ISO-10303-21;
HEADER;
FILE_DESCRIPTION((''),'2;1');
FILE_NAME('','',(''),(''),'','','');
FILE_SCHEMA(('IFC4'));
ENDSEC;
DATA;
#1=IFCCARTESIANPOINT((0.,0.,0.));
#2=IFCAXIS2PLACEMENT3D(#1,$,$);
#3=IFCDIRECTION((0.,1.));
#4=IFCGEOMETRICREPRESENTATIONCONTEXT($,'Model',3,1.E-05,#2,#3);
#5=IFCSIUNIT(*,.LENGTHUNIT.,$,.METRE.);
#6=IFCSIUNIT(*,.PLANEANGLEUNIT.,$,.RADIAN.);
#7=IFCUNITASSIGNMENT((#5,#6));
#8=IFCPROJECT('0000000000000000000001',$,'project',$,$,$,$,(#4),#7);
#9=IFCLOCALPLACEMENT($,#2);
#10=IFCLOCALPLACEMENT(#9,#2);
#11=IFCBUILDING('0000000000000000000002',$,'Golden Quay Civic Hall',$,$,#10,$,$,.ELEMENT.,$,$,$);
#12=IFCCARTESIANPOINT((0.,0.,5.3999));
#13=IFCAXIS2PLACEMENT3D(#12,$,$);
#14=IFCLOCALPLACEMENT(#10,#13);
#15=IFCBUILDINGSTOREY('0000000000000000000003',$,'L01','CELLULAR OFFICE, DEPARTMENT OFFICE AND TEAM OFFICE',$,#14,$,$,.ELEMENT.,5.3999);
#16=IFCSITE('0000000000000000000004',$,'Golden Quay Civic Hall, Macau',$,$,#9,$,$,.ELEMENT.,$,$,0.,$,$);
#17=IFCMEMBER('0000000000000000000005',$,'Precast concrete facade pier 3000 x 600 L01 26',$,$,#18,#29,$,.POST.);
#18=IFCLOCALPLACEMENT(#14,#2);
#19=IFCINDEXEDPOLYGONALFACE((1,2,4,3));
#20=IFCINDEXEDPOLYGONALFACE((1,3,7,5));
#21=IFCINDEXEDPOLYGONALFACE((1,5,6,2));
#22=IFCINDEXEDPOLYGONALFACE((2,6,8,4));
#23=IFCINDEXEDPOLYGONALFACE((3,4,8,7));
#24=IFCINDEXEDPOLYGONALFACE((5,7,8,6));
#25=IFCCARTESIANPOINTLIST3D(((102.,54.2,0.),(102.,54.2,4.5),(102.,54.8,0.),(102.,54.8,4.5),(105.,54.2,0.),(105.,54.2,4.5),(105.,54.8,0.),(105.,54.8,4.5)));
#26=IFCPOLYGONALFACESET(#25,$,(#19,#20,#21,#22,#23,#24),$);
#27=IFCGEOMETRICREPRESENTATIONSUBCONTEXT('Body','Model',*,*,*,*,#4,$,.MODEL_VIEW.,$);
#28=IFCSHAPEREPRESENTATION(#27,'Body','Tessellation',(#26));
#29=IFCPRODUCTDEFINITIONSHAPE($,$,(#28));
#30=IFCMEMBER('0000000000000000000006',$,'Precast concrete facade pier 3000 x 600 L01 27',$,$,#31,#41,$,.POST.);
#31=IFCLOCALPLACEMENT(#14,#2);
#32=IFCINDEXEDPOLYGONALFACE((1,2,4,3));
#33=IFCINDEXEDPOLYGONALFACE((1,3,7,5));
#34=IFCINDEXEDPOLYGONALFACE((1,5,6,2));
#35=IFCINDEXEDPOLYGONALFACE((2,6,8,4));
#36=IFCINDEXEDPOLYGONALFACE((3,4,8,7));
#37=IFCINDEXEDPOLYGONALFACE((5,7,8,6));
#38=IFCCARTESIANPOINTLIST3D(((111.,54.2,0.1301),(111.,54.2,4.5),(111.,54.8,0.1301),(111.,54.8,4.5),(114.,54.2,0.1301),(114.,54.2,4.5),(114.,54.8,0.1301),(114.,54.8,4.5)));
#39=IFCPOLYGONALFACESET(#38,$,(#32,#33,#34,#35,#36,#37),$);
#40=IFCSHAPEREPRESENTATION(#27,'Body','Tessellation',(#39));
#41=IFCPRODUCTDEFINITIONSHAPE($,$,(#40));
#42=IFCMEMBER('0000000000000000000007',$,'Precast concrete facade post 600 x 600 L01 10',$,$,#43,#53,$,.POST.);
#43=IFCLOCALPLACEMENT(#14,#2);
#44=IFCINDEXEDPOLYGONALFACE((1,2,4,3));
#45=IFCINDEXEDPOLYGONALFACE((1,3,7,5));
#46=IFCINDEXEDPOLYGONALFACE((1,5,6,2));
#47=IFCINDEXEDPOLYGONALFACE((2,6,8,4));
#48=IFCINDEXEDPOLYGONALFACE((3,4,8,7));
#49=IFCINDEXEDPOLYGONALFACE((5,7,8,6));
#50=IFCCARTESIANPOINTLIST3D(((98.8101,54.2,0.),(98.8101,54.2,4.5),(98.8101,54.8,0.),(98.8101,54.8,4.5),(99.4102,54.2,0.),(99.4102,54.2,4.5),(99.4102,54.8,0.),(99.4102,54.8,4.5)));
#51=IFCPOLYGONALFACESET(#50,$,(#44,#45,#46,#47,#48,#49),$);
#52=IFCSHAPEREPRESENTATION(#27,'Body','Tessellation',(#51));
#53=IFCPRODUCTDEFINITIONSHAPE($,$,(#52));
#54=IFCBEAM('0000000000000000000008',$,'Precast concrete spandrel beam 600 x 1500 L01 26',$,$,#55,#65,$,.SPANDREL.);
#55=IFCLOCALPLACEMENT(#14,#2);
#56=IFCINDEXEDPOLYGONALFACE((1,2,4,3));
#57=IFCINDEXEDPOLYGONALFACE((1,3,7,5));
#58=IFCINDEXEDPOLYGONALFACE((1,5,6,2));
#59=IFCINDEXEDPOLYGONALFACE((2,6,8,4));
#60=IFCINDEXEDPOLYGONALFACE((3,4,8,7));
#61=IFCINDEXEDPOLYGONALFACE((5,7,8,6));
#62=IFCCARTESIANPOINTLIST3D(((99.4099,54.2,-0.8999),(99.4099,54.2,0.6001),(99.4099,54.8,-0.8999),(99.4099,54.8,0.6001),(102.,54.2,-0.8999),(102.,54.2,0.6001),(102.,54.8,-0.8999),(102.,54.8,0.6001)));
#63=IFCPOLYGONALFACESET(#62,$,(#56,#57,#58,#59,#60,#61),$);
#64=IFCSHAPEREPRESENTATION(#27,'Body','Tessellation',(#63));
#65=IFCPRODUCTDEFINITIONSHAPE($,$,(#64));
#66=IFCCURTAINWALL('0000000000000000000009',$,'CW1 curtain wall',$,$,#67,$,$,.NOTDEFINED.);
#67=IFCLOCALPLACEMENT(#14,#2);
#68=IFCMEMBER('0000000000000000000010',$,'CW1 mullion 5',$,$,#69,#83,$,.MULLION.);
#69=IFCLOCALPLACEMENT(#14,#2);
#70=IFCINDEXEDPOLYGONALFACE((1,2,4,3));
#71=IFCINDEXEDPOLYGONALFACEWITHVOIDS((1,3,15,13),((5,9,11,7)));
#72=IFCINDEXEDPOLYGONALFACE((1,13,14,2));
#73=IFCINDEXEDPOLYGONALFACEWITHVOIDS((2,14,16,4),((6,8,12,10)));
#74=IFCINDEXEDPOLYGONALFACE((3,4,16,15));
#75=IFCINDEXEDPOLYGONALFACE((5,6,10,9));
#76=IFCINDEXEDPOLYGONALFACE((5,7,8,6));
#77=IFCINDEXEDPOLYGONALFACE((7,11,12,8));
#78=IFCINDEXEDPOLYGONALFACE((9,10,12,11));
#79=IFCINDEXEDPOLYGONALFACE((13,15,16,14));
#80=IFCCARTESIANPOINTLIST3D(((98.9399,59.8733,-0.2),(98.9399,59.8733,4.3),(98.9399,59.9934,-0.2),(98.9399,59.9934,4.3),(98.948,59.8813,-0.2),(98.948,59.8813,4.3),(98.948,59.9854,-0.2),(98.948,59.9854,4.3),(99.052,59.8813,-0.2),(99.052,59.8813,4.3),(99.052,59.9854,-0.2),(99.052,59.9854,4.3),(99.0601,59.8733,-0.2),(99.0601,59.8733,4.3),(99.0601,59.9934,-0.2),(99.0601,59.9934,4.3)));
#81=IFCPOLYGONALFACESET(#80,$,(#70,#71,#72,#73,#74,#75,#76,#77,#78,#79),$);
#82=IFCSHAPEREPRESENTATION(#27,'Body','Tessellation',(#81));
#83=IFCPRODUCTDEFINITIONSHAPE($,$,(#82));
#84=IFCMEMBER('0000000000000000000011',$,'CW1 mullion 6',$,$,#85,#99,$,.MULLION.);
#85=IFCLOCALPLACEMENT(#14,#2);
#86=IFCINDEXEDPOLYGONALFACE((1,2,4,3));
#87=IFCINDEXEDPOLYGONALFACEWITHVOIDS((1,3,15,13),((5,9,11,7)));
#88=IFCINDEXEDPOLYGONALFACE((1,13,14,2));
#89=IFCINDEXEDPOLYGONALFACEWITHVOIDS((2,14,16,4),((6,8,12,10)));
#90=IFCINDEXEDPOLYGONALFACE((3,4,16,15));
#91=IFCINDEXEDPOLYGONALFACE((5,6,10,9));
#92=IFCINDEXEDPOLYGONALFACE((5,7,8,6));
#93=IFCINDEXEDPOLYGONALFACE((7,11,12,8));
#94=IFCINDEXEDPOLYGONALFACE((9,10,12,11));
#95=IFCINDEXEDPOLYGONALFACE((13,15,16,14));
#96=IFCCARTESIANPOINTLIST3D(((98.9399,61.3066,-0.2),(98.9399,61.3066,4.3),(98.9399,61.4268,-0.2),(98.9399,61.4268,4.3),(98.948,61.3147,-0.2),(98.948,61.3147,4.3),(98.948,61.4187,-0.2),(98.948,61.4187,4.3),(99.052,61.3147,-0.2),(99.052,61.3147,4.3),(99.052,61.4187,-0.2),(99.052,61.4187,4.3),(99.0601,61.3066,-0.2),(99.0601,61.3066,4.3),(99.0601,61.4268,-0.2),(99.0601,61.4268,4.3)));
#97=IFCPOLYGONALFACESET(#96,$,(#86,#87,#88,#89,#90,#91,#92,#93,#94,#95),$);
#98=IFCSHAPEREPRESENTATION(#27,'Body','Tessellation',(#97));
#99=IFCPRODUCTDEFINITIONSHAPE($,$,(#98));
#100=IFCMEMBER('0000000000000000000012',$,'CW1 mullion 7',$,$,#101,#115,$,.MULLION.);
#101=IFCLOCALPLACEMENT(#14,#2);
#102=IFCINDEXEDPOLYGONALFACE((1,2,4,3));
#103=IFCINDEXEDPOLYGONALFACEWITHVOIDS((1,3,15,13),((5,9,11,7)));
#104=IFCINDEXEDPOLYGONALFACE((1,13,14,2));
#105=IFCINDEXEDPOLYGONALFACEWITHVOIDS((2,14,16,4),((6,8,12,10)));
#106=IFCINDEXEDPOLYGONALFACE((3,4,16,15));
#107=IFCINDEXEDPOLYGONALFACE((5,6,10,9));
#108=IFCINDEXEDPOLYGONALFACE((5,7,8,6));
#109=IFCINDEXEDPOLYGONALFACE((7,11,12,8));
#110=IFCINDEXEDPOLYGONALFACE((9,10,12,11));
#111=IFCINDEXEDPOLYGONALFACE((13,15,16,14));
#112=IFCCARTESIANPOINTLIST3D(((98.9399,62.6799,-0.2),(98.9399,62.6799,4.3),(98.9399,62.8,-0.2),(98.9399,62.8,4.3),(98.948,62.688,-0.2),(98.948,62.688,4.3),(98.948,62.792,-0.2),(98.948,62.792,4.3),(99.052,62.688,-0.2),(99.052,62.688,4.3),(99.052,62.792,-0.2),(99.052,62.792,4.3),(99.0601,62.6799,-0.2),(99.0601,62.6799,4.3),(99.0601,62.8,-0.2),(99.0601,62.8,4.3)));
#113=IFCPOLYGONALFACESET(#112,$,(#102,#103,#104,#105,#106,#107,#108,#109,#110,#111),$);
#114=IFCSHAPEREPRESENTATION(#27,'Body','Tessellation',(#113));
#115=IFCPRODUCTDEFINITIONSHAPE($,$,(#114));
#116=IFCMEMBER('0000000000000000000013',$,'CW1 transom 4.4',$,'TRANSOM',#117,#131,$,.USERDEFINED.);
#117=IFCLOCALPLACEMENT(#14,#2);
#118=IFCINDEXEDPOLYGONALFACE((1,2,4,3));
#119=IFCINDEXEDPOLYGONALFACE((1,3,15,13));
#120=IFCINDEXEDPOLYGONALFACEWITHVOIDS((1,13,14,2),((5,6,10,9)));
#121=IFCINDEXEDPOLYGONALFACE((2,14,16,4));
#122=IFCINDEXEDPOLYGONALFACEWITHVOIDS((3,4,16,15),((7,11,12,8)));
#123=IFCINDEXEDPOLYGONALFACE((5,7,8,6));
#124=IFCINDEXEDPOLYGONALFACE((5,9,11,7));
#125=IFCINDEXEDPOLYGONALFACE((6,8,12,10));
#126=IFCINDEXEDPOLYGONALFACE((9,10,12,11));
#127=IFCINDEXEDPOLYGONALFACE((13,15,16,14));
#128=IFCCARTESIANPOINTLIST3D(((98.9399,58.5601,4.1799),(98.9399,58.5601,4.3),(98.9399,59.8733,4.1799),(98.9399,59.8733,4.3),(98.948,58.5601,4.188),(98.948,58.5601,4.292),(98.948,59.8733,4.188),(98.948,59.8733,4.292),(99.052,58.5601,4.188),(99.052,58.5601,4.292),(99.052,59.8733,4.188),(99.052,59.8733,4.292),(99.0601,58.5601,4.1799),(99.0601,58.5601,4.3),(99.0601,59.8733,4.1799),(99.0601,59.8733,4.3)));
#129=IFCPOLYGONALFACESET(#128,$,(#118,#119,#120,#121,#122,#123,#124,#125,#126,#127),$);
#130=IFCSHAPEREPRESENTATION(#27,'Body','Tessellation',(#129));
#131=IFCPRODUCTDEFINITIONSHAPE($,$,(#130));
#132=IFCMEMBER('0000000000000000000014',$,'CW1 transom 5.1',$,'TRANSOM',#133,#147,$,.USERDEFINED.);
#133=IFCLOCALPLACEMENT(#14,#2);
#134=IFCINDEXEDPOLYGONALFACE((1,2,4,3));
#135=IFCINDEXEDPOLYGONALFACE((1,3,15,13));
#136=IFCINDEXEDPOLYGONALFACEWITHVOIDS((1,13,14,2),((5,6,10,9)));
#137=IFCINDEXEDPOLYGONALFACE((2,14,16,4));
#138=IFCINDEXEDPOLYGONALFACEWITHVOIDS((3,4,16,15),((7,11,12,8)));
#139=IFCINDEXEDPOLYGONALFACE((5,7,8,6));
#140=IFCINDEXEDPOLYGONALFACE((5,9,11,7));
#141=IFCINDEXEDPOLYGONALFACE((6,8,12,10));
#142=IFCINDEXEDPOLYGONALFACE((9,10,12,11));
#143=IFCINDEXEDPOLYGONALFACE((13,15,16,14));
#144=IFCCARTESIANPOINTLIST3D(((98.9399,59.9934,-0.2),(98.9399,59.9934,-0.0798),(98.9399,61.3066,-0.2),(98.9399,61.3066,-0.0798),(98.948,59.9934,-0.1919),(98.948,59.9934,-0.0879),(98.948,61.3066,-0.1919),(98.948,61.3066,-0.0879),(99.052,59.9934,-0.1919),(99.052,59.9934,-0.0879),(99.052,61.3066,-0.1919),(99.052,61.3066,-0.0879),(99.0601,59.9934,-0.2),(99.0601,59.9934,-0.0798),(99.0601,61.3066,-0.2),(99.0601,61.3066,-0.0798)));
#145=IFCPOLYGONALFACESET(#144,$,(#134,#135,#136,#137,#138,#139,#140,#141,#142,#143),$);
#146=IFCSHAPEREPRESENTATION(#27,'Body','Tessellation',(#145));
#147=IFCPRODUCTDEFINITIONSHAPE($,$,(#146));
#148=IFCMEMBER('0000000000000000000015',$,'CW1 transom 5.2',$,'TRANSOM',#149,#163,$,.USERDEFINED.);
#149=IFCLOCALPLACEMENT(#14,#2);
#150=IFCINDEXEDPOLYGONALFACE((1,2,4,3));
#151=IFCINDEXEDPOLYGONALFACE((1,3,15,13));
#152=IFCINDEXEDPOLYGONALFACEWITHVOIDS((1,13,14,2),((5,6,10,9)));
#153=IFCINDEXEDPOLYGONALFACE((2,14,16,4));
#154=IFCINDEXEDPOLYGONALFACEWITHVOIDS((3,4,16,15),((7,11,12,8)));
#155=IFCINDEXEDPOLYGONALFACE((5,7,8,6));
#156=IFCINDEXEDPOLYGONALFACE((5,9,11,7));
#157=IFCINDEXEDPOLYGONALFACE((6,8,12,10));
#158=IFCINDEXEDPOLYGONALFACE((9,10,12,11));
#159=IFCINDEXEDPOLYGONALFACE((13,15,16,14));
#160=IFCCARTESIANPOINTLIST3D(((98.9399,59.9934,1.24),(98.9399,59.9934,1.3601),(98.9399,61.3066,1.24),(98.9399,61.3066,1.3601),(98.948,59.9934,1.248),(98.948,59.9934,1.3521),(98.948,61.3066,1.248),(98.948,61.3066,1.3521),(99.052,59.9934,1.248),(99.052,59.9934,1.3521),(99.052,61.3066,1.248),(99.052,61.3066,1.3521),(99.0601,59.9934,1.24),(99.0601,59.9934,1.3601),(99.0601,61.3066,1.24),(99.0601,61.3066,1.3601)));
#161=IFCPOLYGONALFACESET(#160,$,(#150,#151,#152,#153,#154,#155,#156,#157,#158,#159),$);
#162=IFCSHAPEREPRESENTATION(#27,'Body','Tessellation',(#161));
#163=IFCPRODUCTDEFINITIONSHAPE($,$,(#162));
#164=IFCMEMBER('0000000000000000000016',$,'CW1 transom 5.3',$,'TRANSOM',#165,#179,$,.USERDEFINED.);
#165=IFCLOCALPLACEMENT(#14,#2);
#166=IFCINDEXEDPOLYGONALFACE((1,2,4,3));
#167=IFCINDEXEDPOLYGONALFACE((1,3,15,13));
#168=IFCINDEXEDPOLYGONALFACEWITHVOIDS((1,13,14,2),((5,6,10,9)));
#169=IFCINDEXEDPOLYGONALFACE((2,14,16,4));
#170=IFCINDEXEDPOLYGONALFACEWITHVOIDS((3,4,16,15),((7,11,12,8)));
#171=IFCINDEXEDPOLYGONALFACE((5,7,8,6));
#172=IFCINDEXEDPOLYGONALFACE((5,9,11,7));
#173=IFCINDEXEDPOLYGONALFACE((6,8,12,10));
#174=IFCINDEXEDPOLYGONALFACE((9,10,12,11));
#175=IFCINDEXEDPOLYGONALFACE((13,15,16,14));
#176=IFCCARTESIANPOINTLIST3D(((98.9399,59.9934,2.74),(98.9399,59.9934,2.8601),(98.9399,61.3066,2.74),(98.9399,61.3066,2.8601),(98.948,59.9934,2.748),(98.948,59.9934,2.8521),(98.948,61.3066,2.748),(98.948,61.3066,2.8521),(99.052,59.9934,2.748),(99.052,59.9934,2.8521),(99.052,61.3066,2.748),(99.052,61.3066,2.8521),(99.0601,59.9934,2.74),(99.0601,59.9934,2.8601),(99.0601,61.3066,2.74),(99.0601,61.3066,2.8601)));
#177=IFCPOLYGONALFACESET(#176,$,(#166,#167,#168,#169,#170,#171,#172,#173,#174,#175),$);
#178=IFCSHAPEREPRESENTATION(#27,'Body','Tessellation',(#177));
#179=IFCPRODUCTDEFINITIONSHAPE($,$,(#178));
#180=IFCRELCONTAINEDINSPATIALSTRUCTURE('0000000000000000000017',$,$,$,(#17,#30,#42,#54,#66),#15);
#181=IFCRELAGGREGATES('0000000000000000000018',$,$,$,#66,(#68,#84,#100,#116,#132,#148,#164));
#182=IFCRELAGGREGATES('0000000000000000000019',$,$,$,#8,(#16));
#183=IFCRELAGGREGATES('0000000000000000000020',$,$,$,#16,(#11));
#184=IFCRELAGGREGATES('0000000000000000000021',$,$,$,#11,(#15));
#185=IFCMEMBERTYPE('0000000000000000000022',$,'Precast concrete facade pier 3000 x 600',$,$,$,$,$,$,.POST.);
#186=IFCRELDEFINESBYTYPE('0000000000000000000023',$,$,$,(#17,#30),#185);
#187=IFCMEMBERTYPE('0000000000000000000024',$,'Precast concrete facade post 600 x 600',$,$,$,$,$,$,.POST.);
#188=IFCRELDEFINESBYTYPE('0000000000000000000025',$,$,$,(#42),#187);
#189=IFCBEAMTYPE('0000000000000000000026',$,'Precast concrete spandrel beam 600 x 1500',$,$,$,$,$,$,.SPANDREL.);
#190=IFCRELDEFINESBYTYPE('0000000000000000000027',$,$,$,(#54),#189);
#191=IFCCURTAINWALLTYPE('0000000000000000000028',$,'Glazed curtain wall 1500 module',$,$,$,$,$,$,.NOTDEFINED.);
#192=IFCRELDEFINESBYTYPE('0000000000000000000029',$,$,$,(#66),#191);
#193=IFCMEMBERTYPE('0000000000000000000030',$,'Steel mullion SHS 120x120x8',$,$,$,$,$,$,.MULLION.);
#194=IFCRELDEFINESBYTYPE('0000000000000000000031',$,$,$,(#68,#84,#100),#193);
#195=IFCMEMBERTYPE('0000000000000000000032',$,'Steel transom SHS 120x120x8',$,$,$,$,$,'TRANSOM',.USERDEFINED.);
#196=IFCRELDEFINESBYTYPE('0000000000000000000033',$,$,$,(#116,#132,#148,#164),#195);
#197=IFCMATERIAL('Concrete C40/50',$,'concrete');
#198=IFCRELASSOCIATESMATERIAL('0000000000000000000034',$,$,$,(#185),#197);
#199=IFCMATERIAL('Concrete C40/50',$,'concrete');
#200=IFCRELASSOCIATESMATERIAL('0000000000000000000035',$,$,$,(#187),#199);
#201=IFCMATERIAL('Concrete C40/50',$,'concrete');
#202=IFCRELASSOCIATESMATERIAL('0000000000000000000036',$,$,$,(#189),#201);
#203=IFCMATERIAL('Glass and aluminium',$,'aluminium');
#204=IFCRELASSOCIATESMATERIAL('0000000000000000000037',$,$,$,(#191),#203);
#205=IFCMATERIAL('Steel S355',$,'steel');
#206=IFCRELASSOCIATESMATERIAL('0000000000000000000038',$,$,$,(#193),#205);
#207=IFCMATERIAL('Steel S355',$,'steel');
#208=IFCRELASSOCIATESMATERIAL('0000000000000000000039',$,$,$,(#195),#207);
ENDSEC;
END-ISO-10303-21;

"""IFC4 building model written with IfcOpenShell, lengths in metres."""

from ifc_helpers import new_model, si_unit, direction, frame, origin, origin_2d, place, context, subcontext, project, spatial, rectangle, hollow_rectangle, extrude, material, material_profile, profile_set, type_object, element, aggregate, save


model = new_model("IFC4")

# Units and contexts
model_context = context("Model", 3, precision=1e-05, world=origin(), true_north=direction((0.0, 1.0)))
body_context = subcontext(model_context, "Body", "Model", "MODEL_VIEW")
ifc_project = project(units=[si_unit("LENGTHUNIT", "METRE"), si_unit("PLANEANGLEUNIT", "RADIAN")], contexts=[model_context])

# Site, building, storey
site_placement = place(None, origin())
site = spatial("IfcSite", under=ifc_project, at=site_placement, Name="Golden Quay Civic Hall, Macau", CompositionType="ELEMENT", RefElevation=0.0)
building_placement = place(site_placement, origin())
building = spatial("IfcBuilding", under=site, at=building_placement, Name="Golden Quay Civic Hall", CompositionType="ELEMENT")
storey_placement = place(building_placement, frame((0.0, 0.0, 5.3999)))
storey = spatial("IfcBuildingStorey", under=building, at=storey_placement, Name="L01", Description="CELLULAR OFFICE, DEPARTMENT OFFICE AND TEAM OFFICE", CompositionType="ELEMENT", Elevation=5.3999)

# Members
ifc_material_1 = material(Name="Concrete C40/50", Category="concrete")
ifc_material_profile_1 = material_profile(ifc_material_1, rectangle(XDim=3.0, YDim=0.6001, at=origin_2d()), Name="RC 3000x600")
ifc_profile_set_1 = profile_set([ifc_material_profile_1], Name="Concrete C40/50")
member_type_1 = type_object("IfcMemberType", Name="Precast concrete facade pier 3000 x 600", PredefinedType="POST", material=ifc_profile_set_1)
member_1_placement = place(storey_placement, frame((103.5, 54.5, 0.0), z_axis=(0.0, 0.0, 1.0), x_axis=(1.0, 0.0, 0.0)))
element("IfcMember", 1, at=member_1_placement, inside=storey, type_object=member_type_1, Name="Precast concrete facade pier 3000 x 600 L01 26", PredefinedType="POST", context=body_context, shape_type="SweptSolid", body=[
    extrude(rectangle(XDim=3.0, YDim=0.6001, at=origin_2d()), origin(), (0.0, 0.0, 1.0), 4.5),
])
member_2_placement = place(storey_placement, frame((112.5, 54.5, 0.1301), z_axis=(0.0, 0.0, 1.0), x_axis=(1.0, 0.0, 0.0)))
element("IfcMember", 2, at=member_2_placement, inside=storey, type_object=member_type_1, Name="Precast concrete facade pier 3000 x 600 L01 27", PredefinedType="POST", context=body_context, shape_type="SweptSolid", body=[
    extrude(rectangle(XDim=3.0, YDim=0.6001, at=origin_2d()), origin(), (0.0, 0.0, 1.0), 4.3699),
])
ifc_material_2 = material(Name="Concrete C40/50", Category="concrete")
ifc_material_profile_2 = material_profile(ifc_material_2, rectangle(XDim=0.6001, YDim=0.6001, at=origin_2d()), Name="RC 600x600")
ifc_profile_set_2 = profile_set([ifc_material_profile_2], Name="Concrete C40/50")
member_type_2 = type_object("IfcMemberType", Name="Precast concrete facade post 600 x 600", PredefinedType="POST", material=ifc_profile_set_2)
member_3_placement = place(storey_placement, frame((99.1101, 54.5, 0.0), z_axis=(0.0, 0.0, 1.0), x_axis=(1.0, 0.0, 0.0)))
element("IfcMember", 3, at=member_3_placement, inside=storey, type_object=member_type_2, Name="Precast concrete facade post 600 x 600 L01 10", PredefinedType="POST", context=body_context, shape_type="SweptSolid", body=[
    extrude(rectangle(XDim=0.6001, YDim=0.6001, at=origin_2d()), origin(), (0.0, 0.0, 1.0), 4.5),
])

# Beam
ifc_material_3 = material(Name="Concrete C40/50", Category="concrete")
ifc_material_profile_3 = material_profile(ifc_material_3, rectangle(XDim=0.6001, YDim=1.5, at=origin_2d()), Name="RC 600x1500")
ifc_profile_set_3 = profile_set([ifc_material_profile_3], Name="Concrete C40/50")
beam_type = type_object("IfcBeamType", Name="Precast concrete spandrel beam 600 x 1500", PredefinedType="SPANDREL", material=ifc_profile_set_3)
beam_placement = place(storey_placement, frame((99.4099, 54.5, -0.1499), z_axis=(1.0, 0.0, 0.0), x_axis=(0.0, 1.0, 0.0)))
element("IfcBeam", 4, at=beam_placement, inside=storey, type_object=beam_type, Name="Precast concrete spandrel beam 600 x 1500 L01 26", PredefinedType="SPANDREL", context=body_context, shape_type="SweptSolid", body=[
    extrude(rectangle(XDim=0.6001, YDim=1.5, at=origin_2d()), origin(), (0.0, 0.0, 1.0), 2.5901),
])

# Curtain wall, members
ifc_material_4 = material(Name="Glass and aluminium", Category="aluminium")
curtain_wall_type = type_object("IfcCurtainWallType", Name="Glazed curtain wall 1500 module", PredefinedType="NOTDEFINED", material=ifc_material_4)
curtain_wall_placement = place(storey_placement, origin())
curtain_wall = element("IfcCurtainWall", 5, at=curtain_wall_placement, inside=storey, type_object=curtain_wall_type, Name="CW1 curtain wall", PredefinedType="NOTDEFINED")
ifc_material_5 = material(Name="Steel S355", Category="steel")
ifc_material_profile_4 = material_profile(ifc_material_5, hollow_rectangle(XDim=0.1201, YDim=0.1201, WallThickness=0.0081, at=origin_2d()), Name="SHS 120x120x8")
ifc_profile_set_4 = profile_set([ifc_material_profile_4], Name="Steel S355")
member_type_3 = type_object("IfcMemberType", Name="Steel mullion SHS 120x120x8", PredefinedType="MULLION", material=ifc_profile_set_4)
member_4_placement = place(storey_placement, frame((99.0, 59.9333, -0.2), z_axis=(0.0, 0.0, 1.0), x_axis=(-1.0, 0.0, 0.0)))
member_4 = element("IfcMember", 6, at=member_4_placement, type_object=member_type_3, Name="CW1 mullion 5", PredefinedType="MULLION", context=body_context, shape_type="SweptSolid", body=[
    extrude(hollow_rectangle(XDim=0.1201, YDim=0.1201, WallThickness=0.0081, at=origin_2d()), origin(), (0.0, 0.0, 1.0), 4.5),
])
member_5_placement = place(storey_placement, frame((99.0, 61.3667, -0.2), z_axis=(0.0, 0.0, 1.0), x_axis=(-1.0, 0.0, 0.0)))
member_5 = element("IfcMember", 7, at=member_5_placement, type_object=member_type_3, Name="CW1 mullion 6", PredefinedType="MULLION", context=body_context, shape_type="SweptSolid", body=[
    extrude(hollow_rectangle(XDim=0.1201, YDim=0.1201, WallThickness=0.0081, at=origin_2d()), origin(), (0.0, 0.0, 1.0), 4.5),
])
member_6_placement = place(storey_placement, frame((99.0, 62.74, -0.2), z_axis=(0.0, 0.0, 1.0), x_axis=(-1.0, 0.0, 0.0)))
member_6 = element("IfcMember", 8, at=member_6_placement, type_object=member_type_3, Name="CW1 mullion 7", PredefinedType="MULLION", context=body_context, shape_type="SweptSolid", body=[
    extrude(hollow_rectangle(XDim=0.1201, YDim=0.1201, WallThickness=0.0081, at=origin_2d()), origin(), (0.0, 0.0, 1.0), 4.5),
])
ifc_material_6 = material(Name="Steel S355", Category="steel")
ifc_material_profile_5 = material_profile(ifc_material_6, hollow_rectangle(XDim=0.1201, YDim=0.1201, WallThickness=0.0081, at=origin_2d()), Name="SHS 120x120x8")
ifc_profile_set_5 = profile_set([ifc_material_profile_5], Name="Steel S355")
member_type_4 = type_object("IfcMemberType", Name="Steel transom SHS 120x120x8", ElementType="TRANSOM", PredefinedType="USERDEFINED", material=ifc_profile_set_5)
member_7_placement = place(storey_placement, frame((99.0, 58.5601, 4.24), z_axis=(0.0, 1.0, 0.0), x_axis=(-1.0, 0.0, 0.0)))
member_7 = element("IfcMember", 9, at=member_7_placement, type_object=member_type_4, Name="CW1 transom 4.4", ObjectType="TRANSOM", PredefinedType="USERDEFINED", context=body_context, shape_type="SweptSolid", body=[
    extrude(hollow_rectangle(XDim=0.1201, YDim=0.1201, WallThickness=0.0081, at=origin_2d()), origin(), (0.0, 0.0, 1.0), 1.3132),
])
member_8_placement = place(storey_placement, frame((99.0, 59.9934, -0.1399), z_axis=(0.0, 1.0, 0.0), x_axis=(-1.0, 0.0, 0.0)))
member_8 = element("IfcMember", 10, at=member_8_placement, type_object=member_type_4, Name="CW1 transom 5.1", ObjectType="TRANSOM", PredefinedType="USERDEFINED", context=body_context, shape_type="SweptSolid", body=[
    extrude(hollow_rectangle(XDim=0.1201, YDim=0.1201, WallThickness=0.0081, at=origin_2d()), origin(), (0.0, 0.0, 1.0), 1.3132),
])
member_9_placement = place(storey_placement, frame((99.0, 59.9934, 1.3), z_axis=(0.0, 1.0, 0.0), x_axis=(-1.0, 0.0, 0.0)))
member_9 = element("IfcMember", 11, at=member_9_placement, type_object=member_type_4, Name="CW1 transom 5.2", ObjectType="TRANSOM", PredefinedType="USERDEFINED", context=body_context, shape_type="SweptSolid", body=[
    extrude(hollow_rectangle(XDim=0.1201, YDim=0.1201, WallThickness=0.0081, at=origin_2d()), origin(), (0.0, 0.0, 1.0), 1.3132),
])
member_10_placement = place(storey_placement, frame((99.0, 59.9934, 2.8), z_axis=(0.0, 1.0, 0.0), x_axis=(-1.0, 0.0, 0.0)))
member_10 = element("IfcMember", 12, at=member_10_placement, type_object=member_type_4, Name="CW1 transom 5.3", ObjectType="TRANSOM", PredefinedType="USERDEFINED", context=body_context, shape_type="SweptSolid", body=[
    extrude(hollow_rectangle(XDim=0.1201, YDim=0.1201, WallThickness=0.0081, at=origin_2d()), origin(), (0.0, 0.0, 1.0), 1.3132),
])
aggregate(curtain_wall, [member_4, member_5, member_6, member_7, member_8, member_9, member_10])

save(model, "model.ifc")
